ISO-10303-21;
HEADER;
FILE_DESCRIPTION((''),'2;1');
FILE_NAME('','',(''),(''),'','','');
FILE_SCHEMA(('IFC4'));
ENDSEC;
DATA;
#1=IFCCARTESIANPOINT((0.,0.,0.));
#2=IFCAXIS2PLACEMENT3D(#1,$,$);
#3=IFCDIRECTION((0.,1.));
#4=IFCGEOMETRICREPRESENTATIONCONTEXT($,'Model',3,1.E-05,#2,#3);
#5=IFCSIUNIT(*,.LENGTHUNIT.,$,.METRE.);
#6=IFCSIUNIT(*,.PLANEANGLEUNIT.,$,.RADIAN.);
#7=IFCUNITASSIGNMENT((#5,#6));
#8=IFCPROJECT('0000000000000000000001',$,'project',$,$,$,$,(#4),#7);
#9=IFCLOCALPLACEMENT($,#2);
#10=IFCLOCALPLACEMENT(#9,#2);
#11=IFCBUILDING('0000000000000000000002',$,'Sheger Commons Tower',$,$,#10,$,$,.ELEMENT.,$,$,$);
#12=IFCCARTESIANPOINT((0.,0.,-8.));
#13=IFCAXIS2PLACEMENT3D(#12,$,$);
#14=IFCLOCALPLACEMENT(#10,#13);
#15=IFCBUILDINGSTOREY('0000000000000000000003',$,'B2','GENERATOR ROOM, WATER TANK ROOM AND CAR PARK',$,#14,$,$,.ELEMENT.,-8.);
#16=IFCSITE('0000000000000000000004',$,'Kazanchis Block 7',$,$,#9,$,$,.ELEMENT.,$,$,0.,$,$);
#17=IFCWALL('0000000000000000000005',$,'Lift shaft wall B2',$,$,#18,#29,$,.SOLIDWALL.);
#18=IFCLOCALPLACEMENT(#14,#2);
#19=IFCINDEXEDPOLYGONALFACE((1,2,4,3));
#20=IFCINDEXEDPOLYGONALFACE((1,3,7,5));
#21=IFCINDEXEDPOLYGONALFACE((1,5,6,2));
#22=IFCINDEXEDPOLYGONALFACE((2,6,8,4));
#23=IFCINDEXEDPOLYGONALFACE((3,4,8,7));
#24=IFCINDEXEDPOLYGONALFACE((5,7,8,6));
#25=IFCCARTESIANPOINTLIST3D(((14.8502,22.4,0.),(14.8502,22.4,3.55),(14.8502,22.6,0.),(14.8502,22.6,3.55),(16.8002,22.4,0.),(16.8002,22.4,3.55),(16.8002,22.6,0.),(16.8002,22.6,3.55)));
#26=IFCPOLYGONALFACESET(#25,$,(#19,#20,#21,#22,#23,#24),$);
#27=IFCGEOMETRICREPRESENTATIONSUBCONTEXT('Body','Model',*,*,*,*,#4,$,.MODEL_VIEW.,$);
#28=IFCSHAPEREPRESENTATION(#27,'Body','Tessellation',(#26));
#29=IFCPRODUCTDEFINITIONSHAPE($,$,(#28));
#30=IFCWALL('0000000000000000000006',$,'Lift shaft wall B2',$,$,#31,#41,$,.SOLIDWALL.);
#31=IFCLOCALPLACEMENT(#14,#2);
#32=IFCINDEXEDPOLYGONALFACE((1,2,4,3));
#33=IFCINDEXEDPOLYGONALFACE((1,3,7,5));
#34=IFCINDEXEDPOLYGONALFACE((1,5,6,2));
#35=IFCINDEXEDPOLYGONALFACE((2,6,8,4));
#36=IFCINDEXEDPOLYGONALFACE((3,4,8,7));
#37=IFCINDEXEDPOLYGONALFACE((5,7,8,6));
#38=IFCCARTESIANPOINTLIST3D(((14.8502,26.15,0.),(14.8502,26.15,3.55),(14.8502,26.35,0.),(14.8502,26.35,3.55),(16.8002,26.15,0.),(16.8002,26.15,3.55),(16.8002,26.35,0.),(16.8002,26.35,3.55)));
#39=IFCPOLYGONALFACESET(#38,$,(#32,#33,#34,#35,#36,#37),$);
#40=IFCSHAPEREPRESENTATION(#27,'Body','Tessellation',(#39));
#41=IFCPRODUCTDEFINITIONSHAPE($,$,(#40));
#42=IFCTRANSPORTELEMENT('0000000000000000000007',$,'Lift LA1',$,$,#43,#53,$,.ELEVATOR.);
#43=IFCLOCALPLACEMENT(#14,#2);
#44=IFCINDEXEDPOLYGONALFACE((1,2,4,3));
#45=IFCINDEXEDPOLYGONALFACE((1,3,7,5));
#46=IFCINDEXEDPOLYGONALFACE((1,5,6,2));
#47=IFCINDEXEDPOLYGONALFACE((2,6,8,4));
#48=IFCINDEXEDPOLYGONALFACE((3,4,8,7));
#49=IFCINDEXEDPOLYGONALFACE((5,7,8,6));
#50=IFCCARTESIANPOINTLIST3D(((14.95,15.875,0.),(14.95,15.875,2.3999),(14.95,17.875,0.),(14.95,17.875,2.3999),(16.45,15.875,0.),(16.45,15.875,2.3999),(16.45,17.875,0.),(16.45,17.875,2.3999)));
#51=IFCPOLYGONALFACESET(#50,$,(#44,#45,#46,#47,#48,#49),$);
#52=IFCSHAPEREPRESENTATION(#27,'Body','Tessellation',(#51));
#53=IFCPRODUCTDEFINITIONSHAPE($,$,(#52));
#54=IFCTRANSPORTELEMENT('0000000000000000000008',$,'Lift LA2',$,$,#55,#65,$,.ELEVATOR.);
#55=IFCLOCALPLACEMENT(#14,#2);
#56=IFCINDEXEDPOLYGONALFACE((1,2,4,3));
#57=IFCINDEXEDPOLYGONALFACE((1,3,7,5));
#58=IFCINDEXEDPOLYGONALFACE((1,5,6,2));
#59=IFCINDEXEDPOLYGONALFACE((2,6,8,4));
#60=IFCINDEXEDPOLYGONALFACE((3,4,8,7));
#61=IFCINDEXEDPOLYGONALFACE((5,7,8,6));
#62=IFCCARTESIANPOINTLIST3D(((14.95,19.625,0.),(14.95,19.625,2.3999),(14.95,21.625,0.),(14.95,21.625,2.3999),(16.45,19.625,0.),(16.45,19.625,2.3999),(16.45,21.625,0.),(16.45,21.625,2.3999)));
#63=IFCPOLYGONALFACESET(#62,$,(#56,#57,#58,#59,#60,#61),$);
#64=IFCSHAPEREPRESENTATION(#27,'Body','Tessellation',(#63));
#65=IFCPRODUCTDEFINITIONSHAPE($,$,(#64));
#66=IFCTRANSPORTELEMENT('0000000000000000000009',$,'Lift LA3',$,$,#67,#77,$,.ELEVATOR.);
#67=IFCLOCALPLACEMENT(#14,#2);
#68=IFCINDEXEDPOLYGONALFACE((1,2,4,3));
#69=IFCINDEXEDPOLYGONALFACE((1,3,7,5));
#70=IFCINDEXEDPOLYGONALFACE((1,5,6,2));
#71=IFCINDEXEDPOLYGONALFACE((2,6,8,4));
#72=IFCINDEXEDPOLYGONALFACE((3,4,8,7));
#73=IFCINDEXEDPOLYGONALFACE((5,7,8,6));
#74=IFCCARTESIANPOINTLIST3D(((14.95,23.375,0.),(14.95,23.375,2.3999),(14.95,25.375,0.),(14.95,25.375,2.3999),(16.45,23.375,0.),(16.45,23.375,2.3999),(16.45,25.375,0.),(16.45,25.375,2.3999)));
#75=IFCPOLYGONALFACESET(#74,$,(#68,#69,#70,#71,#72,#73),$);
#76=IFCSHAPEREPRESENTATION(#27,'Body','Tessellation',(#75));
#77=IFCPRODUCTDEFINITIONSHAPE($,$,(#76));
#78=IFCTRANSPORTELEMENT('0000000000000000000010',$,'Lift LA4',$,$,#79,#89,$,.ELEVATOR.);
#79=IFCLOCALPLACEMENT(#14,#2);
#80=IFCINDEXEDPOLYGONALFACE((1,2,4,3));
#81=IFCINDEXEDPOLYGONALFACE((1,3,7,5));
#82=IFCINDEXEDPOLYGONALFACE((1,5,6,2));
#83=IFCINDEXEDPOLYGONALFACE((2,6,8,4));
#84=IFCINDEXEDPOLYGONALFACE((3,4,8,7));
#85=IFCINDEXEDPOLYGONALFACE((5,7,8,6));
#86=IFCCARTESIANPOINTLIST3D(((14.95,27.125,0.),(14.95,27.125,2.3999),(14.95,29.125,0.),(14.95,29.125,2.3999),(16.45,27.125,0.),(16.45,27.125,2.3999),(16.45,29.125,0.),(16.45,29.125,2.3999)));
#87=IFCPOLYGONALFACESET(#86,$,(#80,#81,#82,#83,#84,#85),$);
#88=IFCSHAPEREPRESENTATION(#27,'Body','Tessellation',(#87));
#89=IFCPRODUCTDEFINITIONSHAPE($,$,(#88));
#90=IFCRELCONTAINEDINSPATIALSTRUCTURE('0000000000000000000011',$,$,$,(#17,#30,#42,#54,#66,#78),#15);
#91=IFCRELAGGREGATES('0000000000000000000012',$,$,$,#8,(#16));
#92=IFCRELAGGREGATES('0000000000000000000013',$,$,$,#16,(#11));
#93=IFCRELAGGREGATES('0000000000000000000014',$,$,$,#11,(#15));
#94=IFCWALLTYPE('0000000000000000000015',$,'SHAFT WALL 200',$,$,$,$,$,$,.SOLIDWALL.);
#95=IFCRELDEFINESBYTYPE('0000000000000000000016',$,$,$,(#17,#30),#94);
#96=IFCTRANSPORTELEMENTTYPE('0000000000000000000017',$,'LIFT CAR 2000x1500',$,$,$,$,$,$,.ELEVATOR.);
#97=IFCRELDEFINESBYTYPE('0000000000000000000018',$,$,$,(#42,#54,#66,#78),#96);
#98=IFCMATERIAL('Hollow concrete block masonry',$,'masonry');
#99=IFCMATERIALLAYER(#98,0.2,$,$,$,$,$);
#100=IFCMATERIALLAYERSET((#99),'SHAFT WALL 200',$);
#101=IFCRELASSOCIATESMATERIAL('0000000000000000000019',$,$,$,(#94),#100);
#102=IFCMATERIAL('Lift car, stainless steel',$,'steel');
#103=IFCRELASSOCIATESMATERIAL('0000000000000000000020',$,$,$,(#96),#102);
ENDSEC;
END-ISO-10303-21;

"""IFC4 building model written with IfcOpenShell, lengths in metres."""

from ifc_helpers import new_model, si_unit, direction, frame, frame_2d, origin, origin_2d, place, context, subcontext, project, spatial, rectangle, extrude, material, layer, layer_set, type_object, element, save


model = new_model("IFC4")

# Units and contexts
model_context = context("Model", 3, precision=1e-05, world=origin(), true_north=direction((0.0, 1.0)))
body_context = subcontext(model_context, "Body", "Model", "MODEL_VIEW")
ifc_project = project(units=[si_unit("LENGTHUNIT", "METRE"), si_unit("PLANEANGLEUNIT", "RADIAN")], contexts=[model_context])

# Site, building, storey
site_placement = place(None, origin())
site = spatial("IfcSite", under=ifc_project, at=site_placement, Name="Kazanchis Block 7", CompositionType="ELEMENT", RefElevation=0.0)
building_placement = place(site_placement, origin())
building = spatial("IfcBuilding", under=site, at=building_placement, Name="Sheger Commons Tower", CompositionType="ELEMENT")
storey_placement = place(building_placement, frame((0.0, 0.0, -8.0)))
storey = spatial("IfcBuildingStorey", under=building, at=storey_placement, Name="B2", Description="GENERATOR ROOM, WATER TANK ROOM AND CAR PARK", CompositionType="ELEMENT", Elevation=-8.0)

# Walls
ifc_material_1 = material(Name="Hollow concrete block masonry", Category="masonry")
ifc_layer_1 = layer(ifc_material_1, 0.2)
ifc_layer_set_1 = layer_set([ifc_layer_1], Name="SHAFT WALL 200")
wall_type_1 = type_object("IfcWallType", Name="SHAFT WALL 200", PredefinedType="SOLIDWALL", material=ifc_layer_set_1)
for number, where, z_axis, x_axis, name in (
    (1, (14.8501, 22.5, 0.0), (0.0, 0.0, 1.0), (1.0, 0.0, 0.0), "Lift shaft wall B2"),
    (2, (14.8501, 26.25, 0.0), (0.0, 0.0, 1.0), (1.0, 0.0, 0.0), "Lift shaft wall B2"),
):
    element("IfcWall", number, at=place(storey_placement, frame(where, z_axis=z_axis, x_axis=x_axis)), inside=storey, type_object=wall_type_1, Name=name, PredefinedType="SOLIDWALL", context=body_context, shape_type="SweptSolid", body=[
        extrude(rectangle(XDim=1.95, YDim=0.2, at=frame_2d((0.9751, 0.0))), origin(), (0.0, 0.0, 1.0), 3.55),
    ])

# Transport elements
ifc_material_2 = material(Name="Lift car, stainless steel", Category="steel")
transport_element_type = type_object("IfcTransportElementType", Name="LIFT CAR 2000x1500", PredefinedType="ELEVATOR", material=ifc_material_2)
for number, where, z_axis, x_axis, name in (
    (3, (15.7, 16.875, 0.0), (0.0, 0.0, 1.0), (1.0, 0.0, 0.0), "Lift LA1"),
    (4, (15.7, 20.625, 0.0), (0.0, 0.0, 1.0), (1.0, 0.0, 0.0), "Lift LA2"),
    (5, (15.7, 24.375, 0.0), (0.0, 0.0, 1.0), (1.0, 0.0, 0.0), "Lift LA3"),
    (6, (15.7, 28.125, 0.0), (0.0, 0.0, 1.0), (1.0, 0.0, 0.0), "Lift LA4"),
):
    element("IfcTransportElement", number, at=place(storey_placement, frame(where, z_axis=z_axis, x_axis=x_axis)), inside=storey, type_object=transport_element_type, Name=name, PredefinedType="ELEVATOR", context=body_context, shape_type="SweptSolid", body=[
        extrude(rectangle(XDim=1.5, YDim=2.0, at=origin_2d()), origin(), (0.0, 0.0, 1.0), 2.3999),
    ])

save(model, "model.ifc")
